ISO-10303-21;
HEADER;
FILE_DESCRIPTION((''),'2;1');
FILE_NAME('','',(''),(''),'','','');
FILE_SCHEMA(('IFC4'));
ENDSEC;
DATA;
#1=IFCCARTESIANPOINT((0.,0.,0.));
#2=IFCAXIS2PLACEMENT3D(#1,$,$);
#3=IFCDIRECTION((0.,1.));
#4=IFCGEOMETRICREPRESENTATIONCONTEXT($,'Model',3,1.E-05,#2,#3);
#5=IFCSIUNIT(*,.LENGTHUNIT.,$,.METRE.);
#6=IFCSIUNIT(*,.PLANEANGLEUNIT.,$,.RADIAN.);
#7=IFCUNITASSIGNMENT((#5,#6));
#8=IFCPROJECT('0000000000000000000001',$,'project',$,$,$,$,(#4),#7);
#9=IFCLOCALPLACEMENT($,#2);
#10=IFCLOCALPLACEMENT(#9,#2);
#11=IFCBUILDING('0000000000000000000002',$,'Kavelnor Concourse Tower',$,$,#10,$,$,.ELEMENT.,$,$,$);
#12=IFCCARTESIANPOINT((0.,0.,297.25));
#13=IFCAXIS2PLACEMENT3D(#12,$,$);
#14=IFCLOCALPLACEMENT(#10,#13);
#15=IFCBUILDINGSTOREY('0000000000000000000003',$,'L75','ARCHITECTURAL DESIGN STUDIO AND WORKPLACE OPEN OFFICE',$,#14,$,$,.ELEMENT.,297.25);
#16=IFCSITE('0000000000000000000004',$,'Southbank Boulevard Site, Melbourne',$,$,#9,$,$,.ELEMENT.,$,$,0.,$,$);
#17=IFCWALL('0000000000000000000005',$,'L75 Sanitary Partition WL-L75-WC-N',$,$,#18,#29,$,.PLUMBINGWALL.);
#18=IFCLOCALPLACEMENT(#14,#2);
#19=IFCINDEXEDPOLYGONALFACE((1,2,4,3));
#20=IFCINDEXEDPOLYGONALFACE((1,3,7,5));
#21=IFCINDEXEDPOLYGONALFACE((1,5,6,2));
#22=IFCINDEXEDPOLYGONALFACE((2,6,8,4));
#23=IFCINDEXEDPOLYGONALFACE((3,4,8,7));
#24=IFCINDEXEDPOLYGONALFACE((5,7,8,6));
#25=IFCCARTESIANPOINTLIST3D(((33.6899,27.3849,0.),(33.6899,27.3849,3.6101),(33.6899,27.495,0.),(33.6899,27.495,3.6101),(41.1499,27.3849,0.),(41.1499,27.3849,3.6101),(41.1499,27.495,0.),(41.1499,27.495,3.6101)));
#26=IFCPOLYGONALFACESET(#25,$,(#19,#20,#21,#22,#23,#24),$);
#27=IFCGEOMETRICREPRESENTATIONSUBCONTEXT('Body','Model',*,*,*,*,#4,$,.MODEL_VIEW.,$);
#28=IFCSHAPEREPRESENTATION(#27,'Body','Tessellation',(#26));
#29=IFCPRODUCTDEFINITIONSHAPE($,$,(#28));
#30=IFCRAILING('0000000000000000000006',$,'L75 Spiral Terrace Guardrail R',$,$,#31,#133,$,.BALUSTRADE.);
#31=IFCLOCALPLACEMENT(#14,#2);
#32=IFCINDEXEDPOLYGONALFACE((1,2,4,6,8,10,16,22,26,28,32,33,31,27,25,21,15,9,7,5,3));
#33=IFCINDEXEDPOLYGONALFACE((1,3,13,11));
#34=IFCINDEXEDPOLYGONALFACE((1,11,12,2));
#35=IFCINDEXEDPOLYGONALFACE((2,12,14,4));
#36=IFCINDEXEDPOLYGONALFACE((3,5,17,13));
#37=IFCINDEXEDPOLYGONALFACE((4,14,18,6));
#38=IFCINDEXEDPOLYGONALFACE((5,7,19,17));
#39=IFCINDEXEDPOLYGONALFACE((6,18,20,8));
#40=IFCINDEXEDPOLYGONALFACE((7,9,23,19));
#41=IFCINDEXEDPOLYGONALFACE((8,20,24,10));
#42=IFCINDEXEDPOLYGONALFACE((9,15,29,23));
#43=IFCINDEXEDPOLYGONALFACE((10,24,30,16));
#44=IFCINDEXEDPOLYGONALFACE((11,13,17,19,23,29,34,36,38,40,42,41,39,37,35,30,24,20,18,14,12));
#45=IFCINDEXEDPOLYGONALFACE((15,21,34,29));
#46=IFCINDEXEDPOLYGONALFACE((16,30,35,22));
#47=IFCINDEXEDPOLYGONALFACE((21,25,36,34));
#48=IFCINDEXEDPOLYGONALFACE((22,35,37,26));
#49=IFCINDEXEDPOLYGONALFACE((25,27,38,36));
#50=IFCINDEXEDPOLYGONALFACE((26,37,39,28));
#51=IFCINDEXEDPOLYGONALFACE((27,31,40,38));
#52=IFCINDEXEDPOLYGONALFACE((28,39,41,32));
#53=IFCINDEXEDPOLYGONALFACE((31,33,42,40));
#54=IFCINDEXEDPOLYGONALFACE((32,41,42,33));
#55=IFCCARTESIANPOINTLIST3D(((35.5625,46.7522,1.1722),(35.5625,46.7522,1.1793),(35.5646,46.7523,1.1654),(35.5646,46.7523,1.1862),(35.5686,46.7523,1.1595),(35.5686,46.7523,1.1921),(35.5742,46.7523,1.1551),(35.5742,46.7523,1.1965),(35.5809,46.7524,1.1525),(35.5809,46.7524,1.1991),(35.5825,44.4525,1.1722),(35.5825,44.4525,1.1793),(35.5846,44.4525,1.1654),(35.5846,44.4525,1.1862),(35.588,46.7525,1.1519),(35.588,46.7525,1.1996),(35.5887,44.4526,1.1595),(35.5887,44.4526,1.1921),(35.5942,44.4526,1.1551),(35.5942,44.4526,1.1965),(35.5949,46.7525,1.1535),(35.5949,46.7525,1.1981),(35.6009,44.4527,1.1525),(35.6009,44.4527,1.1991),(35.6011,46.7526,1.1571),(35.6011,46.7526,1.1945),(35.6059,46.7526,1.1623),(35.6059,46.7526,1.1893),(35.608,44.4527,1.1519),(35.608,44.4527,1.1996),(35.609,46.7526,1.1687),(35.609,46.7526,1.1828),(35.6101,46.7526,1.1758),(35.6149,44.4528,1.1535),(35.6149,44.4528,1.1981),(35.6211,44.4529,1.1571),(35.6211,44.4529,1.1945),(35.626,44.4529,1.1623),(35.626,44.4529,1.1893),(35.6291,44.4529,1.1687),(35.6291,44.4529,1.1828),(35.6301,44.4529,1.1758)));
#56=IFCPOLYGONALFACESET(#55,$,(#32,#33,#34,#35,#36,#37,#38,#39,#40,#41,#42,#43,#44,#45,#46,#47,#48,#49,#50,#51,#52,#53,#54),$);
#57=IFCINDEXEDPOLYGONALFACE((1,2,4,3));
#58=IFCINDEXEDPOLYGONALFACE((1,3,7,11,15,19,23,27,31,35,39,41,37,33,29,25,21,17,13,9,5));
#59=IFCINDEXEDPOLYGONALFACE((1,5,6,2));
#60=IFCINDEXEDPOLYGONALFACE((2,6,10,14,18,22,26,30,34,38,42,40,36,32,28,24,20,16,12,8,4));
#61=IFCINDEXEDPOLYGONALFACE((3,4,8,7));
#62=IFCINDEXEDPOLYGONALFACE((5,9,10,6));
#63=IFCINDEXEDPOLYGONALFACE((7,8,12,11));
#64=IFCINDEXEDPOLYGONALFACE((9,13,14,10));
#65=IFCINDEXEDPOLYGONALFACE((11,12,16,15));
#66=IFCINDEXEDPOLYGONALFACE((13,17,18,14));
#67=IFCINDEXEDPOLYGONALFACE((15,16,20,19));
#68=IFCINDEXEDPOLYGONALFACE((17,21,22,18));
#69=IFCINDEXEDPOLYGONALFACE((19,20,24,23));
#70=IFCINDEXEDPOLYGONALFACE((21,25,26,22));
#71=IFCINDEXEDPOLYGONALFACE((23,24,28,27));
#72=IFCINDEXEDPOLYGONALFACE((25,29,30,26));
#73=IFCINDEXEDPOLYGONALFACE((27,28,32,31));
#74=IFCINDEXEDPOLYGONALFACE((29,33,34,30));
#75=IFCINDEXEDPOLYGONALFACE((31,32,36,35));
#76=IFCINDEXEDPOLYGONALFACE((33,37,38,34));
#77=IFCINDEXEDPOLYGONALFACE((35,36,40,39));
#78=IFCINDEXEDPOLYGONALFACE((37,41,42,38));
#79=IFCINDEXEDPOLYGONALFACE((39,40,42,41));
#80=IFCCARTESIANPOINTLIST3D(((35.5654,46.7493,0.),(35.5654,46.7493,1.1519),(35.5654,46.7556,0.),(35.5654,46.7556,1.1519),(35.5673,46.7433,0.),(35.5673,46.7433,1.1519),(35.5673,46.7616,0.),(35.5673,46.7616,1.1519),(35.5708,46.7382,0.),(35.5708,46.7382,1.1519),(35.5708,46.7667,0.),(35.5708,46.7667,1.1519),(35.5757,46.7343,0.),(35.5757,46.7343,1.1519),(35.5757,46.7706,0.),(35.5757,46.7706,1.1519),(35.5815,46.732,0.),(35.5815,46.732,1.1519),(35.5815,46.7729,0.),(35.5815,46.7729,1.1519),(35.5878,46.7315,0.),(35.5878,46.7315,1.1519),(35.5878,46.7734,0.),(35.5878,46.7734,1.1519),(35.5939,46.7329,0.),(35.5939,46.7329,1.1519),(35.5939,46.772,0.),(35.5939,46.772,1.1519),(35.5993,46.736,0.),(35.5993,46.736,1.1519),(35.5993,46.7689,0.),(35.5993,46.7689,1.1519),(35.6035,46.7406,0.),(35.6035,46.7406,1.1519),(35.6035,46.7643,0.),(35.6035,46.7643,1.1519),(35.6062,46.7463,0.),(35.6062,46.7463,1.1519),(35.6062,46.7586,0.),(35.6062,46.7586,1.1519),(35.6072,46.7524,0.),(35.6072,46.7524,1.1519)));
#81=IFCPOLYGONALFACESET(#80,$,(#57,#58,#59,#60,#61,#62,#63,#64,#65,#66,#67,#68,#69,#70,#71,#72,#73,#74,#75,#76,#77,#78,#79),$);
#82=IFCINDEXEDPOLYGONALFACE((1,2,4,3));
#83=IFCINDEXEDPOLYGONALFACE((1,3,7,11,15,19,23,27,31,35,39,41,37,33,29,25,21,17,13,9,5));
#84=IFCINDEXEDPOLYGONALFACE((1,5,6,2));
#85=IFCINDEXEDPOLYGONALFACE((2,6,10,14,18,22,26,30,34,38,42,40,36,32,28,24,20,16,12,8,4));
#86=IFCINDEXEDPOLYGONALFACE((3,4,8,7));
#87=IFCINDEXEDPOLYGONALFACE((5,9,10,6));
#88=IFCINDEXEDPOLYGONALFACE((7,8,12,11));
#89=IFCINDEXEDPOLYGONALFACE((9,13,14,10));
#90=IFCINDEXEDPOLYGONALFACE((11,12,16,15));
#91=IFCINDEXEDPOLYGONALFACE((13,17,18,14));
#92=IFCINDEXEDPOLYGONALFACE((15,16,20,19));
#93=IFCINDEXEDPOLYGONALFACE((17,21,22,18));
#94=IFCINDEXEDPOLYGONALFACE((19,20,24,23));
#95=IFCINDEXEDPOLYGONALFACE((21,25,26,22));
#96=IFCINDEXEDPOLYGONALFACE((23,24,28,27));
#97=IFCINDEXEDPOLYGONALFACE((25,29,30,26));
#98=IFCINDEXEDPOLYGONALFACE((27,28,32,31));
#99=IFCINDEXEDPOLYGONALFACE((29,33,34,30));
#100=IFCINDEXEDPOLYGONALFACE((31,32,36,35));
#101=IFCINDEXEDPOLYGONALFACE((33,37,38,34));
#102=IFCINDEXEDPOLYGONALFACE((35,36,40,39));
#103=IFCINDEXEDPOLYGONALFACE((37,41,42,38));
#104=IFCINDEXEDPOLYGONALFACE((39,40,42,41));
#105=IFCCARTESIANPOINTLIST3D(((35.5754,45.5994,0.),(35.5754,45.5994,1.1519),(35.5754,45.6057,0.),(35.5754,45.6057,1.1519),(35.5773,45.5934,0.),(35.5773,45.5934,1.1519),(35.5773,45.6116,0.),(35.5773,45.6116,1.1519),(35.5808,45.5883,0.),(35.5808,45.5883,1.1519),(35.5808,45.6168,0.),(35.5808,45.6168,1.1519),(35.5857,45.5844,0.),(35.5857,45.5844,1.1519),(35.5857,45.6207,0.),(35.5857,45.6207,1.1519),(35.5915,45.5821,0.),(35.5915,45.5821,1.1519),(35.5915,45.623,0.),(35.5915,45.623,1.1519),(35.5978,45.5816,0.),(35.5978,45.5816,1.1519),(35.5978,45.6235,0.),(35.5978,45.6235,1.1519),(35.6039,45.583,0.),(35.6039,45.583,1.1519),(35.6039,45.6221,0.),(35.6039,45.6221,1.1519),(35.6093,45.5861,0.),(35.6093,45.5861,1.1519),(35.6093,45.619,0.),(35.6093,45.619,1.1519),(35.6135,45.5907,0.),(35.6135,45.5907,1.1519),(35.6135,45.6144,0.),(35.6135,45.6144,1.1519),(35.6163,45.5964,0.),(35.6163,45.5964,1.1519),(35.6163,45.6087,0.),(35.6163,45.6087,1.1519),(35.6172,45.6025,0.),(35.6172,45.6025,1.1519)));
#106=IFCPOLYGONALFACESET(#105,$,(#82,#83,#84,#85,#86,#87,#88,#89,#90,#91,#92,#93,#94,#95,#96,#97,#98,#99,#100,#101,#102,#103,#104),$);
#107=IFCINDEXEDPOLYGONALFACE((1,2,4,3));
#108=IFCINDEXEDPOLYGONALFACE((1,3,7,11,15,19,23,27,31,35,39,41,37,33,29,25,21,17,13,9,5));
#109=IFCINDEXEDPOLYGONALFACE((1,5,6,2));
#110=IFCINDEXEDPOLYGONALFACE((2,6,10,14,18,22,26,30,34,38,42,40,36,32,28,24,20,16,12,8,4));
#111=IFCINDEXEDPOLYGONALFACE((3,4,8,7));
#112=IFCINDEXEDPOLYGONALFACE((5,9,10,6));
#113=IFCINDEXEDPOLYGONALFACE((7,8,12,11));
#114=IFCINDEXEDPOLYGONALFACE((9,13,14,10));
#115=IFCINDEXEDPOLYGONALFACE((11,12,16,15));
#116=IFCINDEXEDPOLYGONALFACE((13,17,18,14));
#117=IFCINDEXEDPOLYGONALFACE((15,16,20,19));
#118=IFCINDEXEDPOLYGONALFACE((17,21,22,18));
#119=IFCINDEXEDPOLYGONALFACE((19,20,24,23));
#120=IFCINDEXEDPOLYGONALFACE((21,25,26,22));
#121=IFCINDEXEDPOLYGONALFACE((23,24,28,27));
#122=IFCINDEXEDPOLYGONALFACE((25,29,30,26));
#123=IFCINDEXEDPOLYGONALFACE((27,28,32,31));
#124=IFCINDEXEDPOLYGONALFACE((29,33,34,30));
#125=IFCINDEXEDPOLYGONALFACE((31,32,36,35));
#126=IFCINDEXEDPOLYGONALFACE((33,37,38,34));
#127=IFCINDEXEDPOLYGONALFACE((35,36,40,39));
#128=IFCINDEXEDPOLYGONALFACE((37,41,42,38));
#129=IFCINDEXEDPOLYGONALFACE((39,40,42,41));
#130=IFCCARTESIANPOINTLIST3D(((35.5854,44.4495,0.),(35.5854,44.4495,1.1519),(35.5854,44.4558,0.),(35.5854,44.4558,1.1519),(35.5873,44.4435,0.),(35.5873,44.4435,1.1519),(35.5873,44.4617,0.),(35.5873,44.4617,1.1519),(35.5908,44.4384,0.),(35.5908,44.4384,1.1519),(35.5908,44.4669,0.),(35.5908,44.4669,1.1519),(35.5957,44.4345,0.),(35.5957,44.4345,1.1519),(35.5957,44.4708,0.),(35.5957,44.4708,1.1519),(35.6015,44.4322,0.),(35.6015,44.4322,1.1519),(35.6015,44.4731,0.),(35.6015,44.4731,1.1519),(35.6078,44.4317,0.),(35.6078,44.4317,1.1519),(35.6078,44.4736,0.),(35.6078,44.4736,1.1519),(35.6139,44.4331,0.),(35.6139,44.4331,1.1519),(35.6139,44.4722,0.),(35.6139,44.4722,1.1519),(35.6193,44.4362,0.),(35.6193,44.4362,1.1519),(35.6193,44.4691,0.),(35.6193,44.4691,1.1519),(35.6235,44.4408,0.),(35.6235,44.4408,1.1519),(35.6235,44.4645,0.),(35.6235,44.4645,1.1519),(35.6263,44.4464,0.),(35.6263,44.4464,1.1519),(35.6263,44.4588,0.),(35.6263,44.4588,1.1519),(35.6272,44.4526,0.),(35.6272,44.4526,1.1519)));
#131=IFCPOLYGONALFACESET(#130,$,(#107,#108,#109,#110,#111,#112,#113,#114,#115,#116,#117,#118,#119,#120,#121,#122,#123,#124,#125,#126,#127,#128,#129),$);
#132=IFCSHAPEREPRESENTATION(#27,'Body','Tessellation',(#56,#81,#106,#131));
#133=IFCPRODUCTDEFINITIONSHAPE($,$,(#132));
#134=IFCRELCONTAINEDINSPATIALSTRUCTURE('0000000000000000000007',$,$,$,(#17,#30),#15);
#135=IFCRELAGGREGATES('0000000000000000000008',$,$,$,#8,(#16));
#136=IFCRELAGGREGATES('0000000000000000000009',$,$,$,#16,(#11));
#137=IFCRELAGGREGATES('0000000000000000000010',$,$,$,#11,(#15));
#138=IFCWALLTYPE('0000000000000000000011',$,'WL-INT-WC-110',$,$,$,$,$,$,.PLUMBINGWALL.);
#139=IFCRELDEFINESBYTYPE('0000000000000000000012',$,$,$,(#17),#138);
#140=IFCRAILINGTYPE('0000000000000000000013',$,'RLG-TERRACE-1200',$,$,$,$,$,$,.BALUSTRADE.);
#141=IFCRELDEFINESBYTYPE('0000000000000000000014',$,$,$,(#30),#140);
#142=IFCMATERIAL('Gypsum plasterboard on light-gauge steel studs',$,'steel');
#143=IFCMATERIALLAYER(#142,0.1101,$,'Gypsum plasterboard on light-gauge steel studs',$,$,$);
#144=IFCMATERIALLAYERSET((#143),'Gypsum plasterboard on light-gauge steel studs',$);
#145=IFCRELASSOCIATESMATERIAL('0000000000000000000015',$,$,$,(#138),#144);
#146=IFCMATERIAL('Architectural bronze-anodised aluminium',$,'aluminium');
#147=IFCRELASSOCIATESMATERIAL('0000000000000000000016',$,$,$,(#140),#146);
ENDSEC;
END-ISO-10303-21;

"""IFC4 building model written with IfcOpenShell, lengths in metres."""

from ifc_helpers import new_model, si_unit, direction, frame, frame_2d, origin, origin_2d, place, context, subcontext, project, spatial, rectangle, circle, extrude, material, layer, layer_set, type_object, element, save


model = new_model("IFC4")

# Units and contexts
model_context = context("Model", 3, precision=1e-05, world=origin(), true_north=direction((0.0, 1.0)))
body_context = subcontext(model_context, "Body", "Model", "MODEL_VIEW")
ifc_project = project(units=[si_unit("LENGTHUNIT", "METRE"), si_unit("PLANEANGLEUNIT", "RADIAN")], contexts=[model_context])

# Site, building, storey
site_placement = place(None, origin())
site = spatial("IfcSite", under=ifc_project, at=site_placement, Name="Southbank Boulevard Site, Melbourne", CompositionType="ELEMENT", RefElevation=0.0)
building_placement = place(site_placement, origin())
building = spatial("IfcBuilding", under=site, at=building_placement, Name="Kavelnor Concourse Tower", CompositionType="ELEMENT")
storey_placement = place(building_placement, frame((0.0, 0.0, 297.25)))
storey = spatial("IfcBuildingStorey", under=building, at=storey_placement, Name="L75", Description="ARCHITECTURAL DESIGN STUDIO AND WORKPLACE OPEN OFFICE", CompositionType="ELEMENT", Elevation=297.25)

# Wall
ifc_material_1 = material(Name="Gypsum plasterboard on light-gauge steel studs", Category="steel")
ifc_layer_1 = layer(ifc_material_1, 0.1101, Name="Gypsum plasterboard on light-gauge steel studs")
ifc_layer_set_1 = layer_set([ifc_layer_1], Name="Gypsum plasterboard on light-gauge steel studs")
wall_type_1 = type_object("IfcWallType", Name="WL-INT-WC-110", PredefinedType="PLUMBINGWALL", material=ifc_layer_set_1)
wall_1_placement = place(storey_placement, frame((33.6899, 27.4399, 0.0), z_axis=(0.0, 0.0, 1.0), x_axis=(1.0, 0.0, 0.0)))
element("IfcWall", 1, at=wall_1_placement, inside=storey, type_object=wall_type_1, Name="L75 Sanitary Partition WL-L75-WC-N", PredefinedType="PLUMBINGWALL", context=body_context, shape_type="SweptSolid", body=[
    extrude(rectangle(XDim=7.46, YDim=0.1101, at=frame_2d((3.73, 0.0))), origin(), (0.0, 0.0, 1.0), 3.6101),
])

# Railing
ifc_material_2 = material(Name="Architectural bronze-anodised aluminium", Category="aluminium")
railing_type = type_object("IfcRailingType", Name="RLG-TERRACE-1200", PredefinedType="BALUSTRADE", material=ifc_material_2)
railing_placement = place(storey_placement, frame((35.5862, 46.7524, 0.0)))
element("IfcRailing", 2, at=railing_placement, inside=storey, type_object=railing_type, Name="L75 Spiral Terrace Guardrail R", PredefinedType="BALUSTRADE", context=body_context, shape_type="SweptSolid", body=[
    extrude(circle(Radius=0.0239, at=origin_2d()), frame((0.0, 0.0, 1.1758), z_axis=(0.008705, -0.999962, 0.0), x_axis=(0.999962, 0.008705, 0.0)), (0.0, 0.0, 1.0), 2.2998),
    extrude(circle(Radius=0.021, at=origin_2d()), origin(), (0.0, 0.0, 1.0), 1.1519),
    extrude(circle(Radius=0.021, at=origin_2d()), frame((0.01, -1.1499, 0.0)), (0.0, 0.0, 1.0), 1.1519),
    extrude(circle(Radius=0.021, at=origin_2d()), frame((0.02, -2.2998, 0.0)), (0.0, 0.0, 1.0), 1.1519),
])

save(model, "model.ifc")
